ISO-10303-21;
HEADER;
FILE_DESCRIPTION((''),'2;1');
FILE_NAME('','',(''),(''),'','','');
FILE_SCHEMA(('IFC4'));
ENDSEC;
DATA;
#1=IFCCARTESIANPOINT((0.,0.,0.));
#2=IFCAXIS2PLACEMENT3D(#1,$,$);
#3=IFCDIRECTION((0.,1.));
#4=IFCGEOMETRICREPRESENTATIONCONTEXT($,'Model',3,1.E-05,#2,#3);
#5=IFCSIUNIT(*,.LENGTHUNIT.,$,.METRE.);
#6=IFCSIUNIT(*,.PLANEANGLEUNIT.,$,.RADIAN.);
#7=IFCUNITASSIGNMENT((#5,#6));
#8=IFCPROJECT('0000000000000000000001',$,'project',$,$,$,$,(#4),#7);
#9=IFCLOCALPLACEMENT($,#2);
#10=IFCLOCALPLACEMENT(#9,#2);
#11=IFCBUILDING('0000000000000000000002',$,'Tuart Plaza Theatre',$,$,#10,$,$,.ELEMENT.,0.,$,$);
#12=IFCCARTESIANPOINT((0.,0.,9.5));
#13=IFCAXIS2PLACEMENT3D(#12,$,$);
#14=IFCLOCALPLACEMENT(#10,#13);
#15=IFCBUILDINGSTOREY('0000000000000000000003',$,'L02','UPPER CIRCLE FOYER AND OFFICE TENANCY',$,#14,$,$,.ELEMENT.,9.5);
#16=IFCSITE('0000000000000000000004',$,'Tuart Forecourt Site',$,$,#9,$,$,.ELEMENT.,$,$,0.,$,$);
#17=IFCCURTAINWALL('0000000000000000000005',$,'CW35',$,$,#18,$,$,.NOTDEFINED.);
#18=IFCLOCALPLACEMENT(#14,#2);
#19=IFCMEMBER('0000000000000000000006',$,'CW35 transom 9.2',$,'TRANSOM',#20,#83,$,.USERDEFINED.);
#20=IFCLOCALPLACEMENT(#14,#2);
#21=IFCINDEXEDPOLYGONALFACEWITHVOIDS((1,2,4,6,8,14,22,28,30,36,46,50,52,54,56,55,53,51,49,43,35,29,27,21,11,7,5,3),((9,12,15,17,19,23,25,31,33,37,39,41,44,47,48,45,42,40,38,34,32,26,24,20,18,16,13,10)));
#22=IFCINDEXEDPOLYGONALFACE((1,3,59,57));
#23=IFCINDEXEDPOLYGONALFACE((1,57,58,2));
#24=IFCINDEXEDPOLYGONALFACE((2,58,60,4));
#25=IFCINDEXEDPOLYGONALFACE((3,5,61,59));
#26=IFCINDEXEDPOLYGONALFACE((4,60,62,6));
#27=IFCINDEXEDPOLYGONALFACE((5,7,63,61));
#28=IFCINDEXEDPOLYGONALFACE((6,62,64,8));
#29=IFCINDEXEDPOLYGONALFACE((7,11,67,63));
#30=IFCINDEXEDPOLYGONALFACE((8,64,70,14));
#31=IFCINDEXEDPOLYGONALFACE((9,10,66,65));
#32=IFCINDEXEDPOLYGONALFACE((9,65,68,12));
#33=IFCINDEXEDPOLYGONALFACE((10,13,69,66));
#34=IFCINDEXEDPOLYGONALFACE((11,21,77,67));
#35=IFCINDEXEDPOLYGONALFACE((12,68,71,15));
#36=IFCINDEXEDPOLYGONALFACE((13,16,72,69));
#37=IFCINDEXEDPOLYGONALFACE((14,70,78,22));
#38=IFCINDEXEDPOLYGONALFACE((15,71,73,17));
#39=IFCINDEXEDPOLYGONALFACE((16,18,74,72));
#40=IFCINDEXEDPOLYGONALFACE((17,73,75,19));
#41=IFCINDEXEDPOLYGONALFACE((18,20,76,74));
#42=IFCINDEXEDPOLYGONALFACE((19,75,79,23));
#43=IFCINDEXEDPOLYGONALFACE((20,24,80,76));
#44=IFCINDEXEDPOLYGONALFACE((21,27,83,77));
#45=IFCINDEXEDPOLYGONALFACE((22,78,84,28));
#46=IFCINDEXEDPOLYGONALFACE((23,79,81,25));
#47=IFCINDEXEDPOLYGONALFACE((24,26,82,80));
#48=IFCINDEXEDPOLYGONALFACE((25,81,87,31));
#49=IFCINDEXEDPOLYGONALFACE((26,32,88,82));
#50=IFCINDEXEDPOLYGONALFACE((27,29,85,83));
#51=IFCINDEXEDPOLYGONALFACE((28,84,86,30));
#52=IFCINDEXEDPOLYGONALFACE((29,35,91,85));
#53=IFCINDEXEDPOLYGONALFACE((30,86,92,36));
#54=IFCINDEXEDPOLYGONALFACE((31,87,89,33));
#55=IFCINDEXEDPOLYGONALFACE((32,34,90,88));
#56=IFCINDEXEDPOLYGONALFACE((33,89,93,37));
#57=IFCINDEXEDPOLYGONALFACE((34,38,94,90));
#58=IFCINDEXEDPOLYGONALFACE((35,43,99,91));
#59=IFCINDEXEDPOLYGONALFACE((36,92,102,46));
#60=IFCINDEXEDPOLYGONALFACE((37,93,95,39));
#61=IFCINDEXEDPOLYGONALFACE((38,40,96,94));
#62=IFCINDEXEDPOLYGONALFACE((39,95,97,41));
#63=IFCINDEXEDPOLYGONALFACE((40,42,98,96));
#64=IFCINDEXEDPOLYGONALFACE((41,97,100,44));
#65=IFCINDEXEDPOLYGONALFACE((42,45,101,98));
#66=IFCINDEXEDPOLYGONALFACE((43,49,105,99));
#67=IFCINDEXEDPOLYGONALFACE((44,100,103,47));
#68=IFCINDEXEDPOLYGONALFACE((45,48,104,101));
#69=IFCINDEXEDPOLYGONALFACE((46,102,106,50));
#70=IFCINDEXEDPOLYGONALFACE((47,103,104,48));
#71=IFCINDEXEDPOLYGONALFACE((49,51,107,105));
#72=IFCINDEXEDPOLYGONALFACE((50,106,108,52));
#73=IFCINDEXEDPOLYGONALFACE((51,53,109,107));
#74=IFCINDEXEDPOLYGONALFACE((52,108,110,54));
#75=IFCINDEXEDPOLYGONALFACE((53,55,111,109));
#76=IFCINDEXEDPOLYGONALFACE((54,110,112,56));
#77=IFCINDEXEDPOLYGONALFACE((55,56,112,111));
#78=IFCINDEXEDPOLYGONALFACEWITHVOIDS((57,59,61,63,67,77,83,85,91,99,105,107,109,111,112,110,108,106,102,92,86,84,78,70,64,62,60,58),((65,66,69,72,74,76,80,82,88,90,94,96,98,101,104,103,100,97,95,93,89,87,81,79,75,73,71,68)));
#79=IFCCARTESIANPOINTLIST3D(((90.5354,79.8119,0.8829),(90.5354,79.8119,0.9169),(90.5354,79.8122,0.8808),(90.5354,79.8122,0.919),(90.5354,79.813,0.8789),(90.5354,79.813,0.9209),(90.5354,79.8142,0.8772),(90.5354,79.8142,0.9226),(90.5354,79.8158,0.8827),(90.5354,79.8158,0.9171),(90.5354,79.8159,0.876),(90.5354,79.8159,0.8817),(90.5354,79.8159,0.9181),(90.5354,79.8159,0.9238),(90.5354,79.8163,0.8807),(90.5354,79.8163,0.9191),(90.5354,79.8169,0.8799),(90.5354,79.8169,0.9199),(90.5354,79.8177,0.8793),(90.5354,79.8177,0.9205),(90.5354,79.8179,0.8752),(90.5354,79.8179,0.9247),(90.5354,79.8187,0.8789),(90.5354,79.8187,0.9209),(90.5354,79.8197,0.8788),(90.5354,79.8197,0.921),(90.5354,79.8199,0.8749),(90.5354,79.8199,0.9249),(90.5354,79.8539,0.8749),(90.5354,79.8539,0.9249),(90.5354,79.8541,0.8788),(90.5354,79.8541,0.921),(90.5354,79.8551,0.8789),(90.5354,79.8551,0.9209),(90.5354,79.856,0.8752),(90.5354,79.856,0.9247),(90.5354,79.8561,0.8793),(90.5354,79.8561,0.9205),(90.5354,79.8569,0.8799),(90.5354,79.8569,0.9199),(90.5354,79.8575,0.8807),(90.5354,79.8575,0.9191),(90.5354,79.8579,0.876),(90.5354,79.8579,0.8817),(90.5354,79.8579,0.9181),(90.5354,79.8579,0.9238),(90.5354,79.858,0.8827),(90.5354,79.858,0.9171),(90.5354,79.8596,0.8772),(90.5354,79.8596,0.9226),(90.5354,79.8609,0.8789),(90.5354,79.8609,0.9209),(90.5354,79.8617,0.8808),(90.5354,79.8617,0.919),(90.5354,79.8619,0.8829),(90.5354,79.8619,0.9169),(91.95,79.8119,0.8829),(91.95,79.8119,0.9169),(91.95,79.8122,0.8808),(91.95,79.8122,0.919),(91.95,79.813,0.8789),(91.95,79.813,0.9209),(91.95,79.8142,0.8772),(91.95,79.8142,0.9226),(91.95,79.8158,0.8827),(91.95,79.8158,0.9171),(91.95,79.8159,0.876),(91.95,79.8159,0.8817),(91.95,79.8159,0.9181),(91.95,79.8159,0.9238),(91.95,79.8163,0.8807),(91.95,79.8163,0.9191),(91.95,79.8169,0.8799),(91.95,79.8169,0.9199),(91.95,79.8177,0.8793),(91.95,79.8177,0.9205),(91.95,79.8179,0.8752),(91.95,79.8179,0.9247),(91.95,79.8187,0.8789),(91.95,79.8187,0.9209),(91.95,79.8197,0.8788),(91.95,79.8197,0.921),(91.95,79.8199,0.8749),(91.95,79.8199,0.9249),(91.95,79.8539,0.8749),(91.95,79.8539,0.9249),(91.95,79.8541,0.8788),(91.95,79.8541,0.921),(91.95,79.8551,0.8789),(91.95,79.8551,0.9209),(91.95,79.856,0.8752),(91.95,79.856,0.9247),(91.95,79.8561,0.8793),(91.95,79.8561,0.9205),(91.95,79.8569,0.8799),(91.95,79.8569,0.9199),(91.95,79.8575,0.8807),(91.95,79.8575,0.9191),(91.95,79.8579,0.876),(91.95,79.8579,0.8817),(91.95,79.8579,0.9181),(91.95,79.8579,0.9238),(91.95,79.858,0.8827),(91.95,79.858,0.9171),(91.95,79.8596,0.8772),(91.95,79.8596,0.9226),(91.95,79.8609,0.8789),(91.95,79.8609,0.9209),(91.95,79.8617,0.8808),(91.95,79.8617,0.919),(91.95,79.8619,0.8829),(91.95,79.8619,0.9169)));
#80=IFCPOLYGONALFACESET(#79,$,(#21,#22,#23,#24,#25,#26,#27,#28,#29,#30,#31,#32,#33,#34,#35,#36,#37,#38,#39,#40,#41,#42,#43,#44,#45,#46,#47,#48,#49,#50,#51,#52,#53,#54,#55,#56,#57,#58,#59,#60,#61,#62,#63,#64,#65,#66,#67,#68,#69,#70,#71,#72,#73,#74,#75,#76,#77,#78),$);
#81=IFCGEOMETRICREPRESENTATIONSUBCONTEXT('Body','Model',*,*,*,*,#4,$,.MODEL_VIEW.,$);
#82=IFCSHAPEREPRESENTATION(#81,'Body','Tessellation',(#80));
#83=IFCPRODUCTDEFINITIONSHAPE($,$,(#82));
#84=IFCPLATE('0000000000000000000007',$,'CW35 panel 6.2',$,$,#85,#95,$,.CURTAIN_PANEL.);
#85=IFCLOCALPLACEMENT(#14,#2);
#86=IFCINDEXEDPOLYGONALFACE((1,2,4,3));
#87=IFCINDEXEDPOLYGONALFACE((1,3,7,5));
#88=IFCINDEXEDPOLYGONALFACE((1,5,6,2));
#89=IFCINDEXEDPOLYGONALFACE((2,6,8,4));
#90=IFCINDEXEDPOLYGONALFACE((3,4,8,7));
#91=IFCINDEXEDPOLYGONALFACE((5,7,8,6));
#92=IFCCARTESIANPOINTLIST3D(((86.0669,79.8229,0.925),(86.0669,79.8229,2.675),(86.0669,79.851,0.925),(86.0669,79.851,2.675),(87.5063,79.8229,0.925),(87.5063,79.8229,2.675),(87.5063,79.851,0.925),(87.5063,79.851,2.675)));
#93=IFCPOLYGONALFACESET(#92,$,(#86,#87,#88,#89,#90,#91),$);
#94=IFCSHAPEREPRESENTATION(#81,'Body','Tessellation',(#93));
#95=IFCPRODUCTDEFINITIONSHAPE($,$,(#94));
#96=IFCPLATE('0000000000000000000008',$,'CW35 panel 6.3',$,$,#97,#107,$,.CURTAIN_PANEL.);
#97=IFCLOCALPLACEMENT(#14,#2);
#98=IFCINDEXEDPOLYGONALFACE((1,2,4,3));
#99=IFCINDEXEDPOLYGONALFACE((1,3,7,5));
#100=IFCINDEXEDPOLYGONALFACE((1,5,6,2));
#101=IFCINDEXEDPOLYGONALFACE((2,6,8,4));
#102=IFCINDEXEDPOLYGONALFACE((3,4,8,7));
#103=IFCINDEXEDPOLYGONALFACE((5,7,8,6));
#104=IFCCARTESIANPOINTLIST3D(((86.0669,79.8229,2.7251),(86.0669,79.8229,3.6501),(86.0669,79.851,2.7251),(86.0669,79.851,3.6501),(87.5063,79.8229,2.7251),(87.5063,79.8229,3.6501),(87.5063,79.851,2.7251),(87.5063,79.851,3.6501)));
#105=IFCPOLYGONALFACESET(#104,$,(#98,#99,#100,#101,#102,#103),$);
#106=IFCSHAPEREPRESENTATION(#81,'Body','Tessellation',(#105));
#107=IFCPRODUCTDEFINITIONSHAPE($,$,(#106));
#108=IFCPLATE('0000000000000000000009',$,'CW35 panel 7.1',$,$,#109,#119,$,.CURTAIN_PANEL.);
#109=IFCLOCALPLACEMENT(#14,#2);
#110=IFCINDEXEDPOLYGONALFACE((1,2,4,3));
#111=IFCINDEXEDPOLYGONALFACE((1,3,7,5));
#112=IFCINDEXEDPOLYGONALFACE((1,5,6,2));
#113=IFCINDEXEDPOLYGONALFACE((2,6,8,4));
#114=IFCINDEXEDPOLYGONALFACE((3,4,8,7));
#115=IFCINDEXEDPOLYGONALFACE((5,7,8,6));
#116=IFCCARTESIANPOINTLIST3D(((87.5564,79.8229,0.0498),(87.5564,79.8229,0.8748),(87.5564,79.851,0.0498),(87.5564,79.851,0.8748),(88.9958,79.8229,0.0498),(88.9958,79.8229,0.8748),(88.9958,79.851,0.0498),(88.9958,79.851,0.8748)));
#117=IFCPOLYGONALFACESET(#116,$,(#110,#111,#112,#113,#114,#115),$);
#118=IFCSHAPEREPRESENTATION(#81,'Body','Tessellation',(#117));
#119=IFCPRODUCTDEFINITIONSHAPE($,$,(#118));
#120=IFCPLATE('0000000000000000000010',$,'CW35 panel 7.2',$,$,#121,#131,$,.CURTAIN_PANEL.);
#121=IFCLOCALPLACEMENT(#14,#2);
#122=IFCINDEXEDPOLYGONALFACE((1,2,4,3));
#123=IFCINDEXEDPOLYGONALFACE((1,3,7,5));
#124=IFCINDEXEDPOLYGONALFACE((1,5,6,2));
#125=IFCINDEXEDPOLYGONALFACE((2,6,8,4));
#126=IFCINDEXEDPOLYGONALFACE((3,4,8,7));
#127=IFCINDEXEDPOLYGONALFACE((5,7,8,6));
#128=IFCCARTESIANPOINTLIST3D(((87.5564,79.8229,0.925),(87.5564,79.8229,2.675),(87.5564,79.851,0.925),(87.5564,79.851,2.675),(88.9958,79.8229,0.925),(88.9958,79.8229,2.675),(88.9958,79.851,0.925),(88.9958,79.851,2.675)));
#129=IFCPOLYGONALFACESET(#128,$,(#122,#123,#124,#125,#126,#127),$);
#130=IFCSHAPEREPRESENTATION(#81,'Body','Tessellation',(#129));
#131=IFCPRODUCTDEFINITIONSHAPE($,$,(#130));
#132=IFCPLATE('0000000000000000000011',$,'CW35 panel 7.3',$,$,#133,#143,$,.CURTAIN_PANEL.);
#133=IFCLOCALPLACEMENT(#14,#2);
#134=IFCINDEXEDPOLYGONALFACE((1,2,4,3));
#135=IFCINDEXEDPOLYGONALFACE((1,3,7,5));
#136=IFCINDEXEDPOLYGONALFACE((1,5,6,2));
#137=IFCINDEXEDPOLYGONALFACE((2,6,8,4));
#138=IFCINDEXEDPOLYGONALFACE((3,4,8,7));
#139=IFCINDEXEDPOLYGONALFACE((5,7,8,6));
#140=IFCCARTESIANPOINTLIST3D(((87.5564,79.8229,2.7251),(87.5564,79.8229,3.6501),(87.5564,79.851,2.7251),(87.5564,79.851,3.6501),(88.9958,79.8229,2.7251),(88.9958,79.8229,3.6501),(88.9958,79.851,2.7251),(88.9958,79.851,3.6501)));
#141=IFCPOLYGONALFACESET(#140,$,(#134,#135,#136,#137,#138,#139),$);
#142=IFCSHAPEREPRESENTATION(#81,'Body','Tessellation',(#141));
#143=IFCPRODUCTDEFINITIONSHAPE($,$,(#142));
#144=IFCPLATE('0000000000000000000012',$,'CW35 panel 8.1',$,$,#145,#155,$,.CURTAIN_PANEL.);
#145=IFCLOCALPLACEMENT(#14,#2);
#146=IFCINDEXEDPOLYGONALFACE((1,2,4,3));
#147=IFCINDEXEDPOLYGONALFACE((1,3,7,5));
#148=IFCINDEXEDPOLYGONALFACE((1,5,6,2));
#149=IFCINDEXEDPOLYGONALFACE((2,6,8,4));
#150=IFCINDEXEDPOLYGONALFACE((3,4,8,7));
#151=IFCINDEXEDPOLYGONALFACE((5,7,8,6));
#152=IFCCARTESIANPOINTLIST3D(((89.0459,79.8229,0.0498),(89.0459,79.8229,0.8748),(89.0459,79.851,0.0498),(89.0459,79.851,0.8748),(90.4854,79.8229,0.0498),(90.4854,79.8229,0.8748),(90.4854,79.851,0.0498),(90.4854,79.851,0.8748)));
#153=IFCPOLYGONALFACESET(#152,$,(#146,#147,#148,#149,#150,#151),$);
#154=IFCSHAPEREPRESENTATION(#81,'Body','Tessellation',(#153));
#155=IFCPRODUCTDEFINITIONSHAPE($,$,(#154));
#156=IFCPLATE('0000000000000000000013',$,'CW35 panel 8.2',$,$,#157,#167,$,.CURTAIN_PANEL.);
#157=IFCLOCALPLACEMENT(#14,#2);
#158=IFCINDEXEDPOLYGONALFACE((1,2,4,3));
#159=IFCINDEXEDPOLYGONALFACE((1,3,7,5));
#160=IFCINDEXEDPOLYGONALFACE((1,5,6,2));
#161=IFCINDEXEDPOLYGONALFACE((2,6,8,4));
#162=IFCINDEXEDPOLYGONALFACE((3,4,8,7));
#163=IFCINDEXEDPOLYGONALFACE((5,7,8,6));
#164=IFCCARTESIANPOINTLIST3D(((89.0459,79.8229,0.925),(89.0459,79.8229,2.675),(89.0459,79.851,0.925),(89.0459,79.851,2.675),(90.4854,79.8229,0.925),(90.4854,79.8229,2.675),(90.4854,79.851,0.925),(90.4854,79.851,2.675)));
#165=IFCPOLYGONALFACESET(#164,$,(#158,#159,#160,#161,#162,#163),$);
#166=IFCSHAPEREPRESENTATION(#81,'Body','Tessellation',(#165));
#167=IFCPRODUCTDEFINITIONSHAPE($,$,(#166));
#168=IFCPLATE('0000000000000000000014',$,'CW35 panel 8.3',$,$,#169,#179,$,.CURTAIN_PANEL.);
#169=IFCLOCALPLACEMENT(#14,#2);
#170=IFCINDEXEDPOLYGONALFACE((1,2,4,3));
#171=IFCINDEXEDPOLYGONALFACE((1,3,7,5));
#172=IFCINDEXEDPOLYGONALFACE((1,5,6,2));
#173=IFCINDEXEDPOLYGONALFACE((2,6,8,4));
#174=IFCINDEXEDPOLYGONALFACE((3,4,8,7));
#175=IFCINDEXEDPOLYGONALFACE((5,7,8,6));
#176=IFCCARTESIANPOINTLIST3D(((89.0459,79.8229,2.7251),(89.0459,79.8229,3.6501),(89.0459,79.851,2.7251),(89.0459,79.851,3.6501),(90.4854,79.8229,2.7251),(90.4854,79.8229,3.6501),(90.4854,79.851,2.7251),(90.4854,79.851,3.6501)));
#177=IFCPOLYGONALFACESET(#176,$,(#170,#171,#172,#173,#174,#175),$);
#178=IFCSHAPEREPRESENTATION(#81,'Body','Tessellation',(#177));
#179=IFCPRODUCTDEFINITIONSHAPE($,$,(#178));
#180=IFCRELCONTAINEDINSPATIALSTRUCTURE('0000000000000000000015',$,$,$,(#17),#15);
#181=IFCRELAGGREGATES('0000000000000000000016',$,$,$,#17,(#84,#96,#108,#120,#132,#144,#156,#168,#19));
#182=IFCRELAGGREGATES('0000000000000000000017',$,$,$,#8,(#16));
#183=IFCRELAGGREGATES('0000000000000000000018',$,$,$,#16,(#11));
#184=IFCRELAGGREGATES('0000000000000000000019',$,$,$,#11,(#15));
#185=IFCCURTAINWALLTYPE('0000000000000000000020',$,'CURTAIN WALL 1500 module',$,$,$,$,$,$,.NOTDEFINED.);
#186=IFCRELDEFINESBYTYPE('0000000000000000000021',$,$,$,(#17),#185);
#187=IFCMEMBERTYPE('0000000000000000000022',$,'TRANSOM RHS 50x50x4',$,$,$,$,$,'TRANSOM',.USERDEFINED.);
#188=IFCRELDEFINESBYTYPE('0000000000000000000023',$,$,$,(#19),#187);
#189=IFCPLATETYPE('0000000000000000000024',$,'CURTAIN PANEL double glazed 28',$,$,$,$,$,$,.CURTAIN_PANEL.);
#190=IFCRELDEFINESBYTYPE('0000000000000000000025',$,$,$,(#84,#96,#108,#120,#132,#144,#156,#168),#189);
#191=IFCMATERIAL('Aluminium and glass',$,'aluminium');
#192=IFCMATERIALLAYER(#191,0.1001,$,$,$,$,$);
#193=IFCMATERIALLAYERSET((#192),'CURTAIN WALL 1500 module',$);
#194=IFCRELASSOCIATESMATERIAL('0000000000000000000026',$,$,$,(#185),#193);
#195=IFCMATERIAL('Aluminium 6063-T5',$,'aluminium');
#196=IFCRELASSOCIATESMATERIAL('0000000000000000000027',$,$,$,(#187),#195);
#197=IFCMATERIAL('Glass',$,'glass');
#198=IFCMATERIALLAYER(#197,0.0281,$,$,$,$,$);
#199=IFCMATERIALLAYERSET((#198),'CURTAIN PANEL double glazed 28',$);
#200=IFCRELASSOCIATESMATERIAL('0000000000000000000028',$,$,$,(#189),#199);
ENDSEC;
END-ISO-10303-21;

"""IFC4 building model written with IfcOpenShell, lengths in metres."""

from ifc_helpers import new_model, si_unit, direction, frame, origin, origin_2d, place, context, subcontext, project, spatial, rectangle, hollow_rectangle, extrude, material, layer, layer_set, material_profile, profile_set, type_object, element, aggregate, save


model = new_model("IFC4")

# Units and contexts
model_context = context("Model", 3, precision=1e-05, world=origin(), true_north=direction((0.0, 1.0)))
body_context = subcontext(model_context, "Body", "Model", "MODEL_VIEW")
ifc_project = project(units=[si_unit("LENGTHUNIT", "METRE"), si_unit("PLANEANGLEUNIT", "RADIAN")], contexts=[model_context])

# Site, building, storey
site_placement = place(None, origin())
site = spatial("IfcSite", under=ifc_project, at=site_placement, Name="Tuart Forecourt Site", CompositionType="ELEMENT", RefElevation=0.0)
building_placement = place(site_placement, origin())
building = spatial("IfcBuilding", under=site, at=building_placement, Name="Tuart Plaza Theatre", CompositionType="ELEMENT", ElevationOfRefHeight=0.0)
storey_placement = place(building_placement, frame((0.0, 0.0, 9.5)))
storey = spatial("IfcBuildingStorey", under=building, at=storey_placement, Name="L02", Description="UPPER CIRCLE FOYER AND OFFICE TENANCY", CompositionType="ELEMENT", Elevation=9.5)

# Curtain wall, member, plates
ifc_material_1 = material(Name="Aluminium and glass", Category="aluminium")
ifc_layer_1 = layer(ifc_material_1, 0.1001)
ifc_layer_set_1 = layer_set([ifc_layer_1], Name="CURTAIN WALL 1500 module")
curtain_wall_type = type_object("IfcCurtainWallType", Name="CURTAIN WALL 1500 module", PredefinedType="NOTDEFINED", material=ifc_layer_set_1)
curtain_wall_placement = place(storey_placement, origin())
curtain_wall = element("IfcCurtainWall", 1, at=curtain_wall_placement, inside=storey, type_object=curtain_wall_type, Name="CW35", PredefinedType="NOTDEFINED")
ifc_material_2 = material(Name="Aluminium 6063-T5", Category="aluminium")
ifc_material_profile_1 = material_profile(ifc_material_2, hollow_rectangle(XDim=0.05, YDim=0.05, WallThickness=0.0039, InnerFilletRadius=0.0039, OuterFilletRadius=0.0081, at=origin_2d()), Name="RHS 50x50x4")
ifc_profile_set_1 = profile_set([ifc_material_profile_1], Name="Aluminium 6063-T5")
member_type_1 = type_object("IfcMemberType", Name="TRANSOM RHS 50x50x4", ElementType="TRANSOM", PredefinedType="USERDEFINED", material=ifc_profile_set_1)
member_1_placement = place(storey_placement, frame((90.5354, 79.8369, 0.8999), z_axis=(1.0, 0.0, 0.0), x_axis=(0.0, 1.0, 0.0)))
member_1 = element("IfcMember", 2, at=member_1_placement, type_object=member_type_1, Name="CW35 transom 9.2", ObjectType="TRANSOM", PredefinedType="USERDEFINED", context=body_context, shape_type="SweptSolid", body=[
    extrude(hollow_rectangle(XDim=0.05, YDim=0.05, WallThickness=0.0039, InnerFilletRadius=0.0039, OuterFilletRadius=0.0081, at=origin_2d()), origin(), (0.0, 0.0, 1.0), 1.4146),
])
ifc_material_3 = material(Name="Glass", Category="glass")
ifc_layer_2 = layer(ifc_material_3, 0.0281)
ifc_layer_set_2 = layer_set([ifc_layer_2], Name="CURTAIN PANEL double glazed 28")
plate_type = type_object("IfcPlateType", Name="CURTAIN PANEL double glazed 28", PredefinedType="CURTAIN_PANEL", material=ifc_layer_set_2)
plate_1_placement = place(storey_placement, frame((86.7866, 79.8369, 0.925), z_axis=(0.0, 0.0, 1.0), x_axis=(1.0, 0.0, 0.0)))
plate_1 = element("IfcPlate", 3, at=plate_1_placement, type_object=plate_type, Name="CW35 panel 6.2", PredefinedType="CURTAIN_PANEL", context=body_context, shape_type="SweptSolid", body=[
    extrude(rectangle(XDim=1.4395, YDim=0.0281, at=origin_2d()), origin(), (0.0, 0.0, 1.0), 1.75),
])
plate_2_placement = place(storey_placement, frame((86.7866, 79.8369, 2.7251), z_axis=(0.0, 0.0, 1.0), x_axis=(1.0, 0.0, 0.0)))
plate_2 = element("IfcPlate", 4, at=plate_2_placement, type_object=plate_type, Name="CW35 panel 6.3", PredefinedType="CURTAIN_PANEL", context=body_context, shape_type="SweptSolid", body=[
    extrude(rectangle(XDim=1.4395, YDim=0.0281, at=origin_2d()), origin(), (0.0, 0.0, 1.0), 0.925),
])
plate_3_placement = place(storey_placement, frame((88.2761, 79.8369, 0.0498), z_axis=(0.0, 0.0, 1.0), x_axis=(1.0, 0.0, 0.0)))
plate_3 = element("IfcPlate", 5, at=plate_3_placement, type_object=plate_type, Name="CW35 panel 7.1", PredefinedType="CURTAIN_PANEL", context=body_context, shape_type="SweptSolid", body=[
    extrude(rectangle(XDim=1.4395, YDim=0.0281, at=origin_2d()), origin(), (0.0, 0.0, 1.0), 0.825),
])
plate_4_placement = place(storey_placement, frame((88.2761, 79.8369, 0.925), z_axis=(0.0, 0.0, 1.0), x_axis=(1.0, 0.0, 0.0)))
plate_4 = element("IfcPlate", 6, at=plate_4_placement, type_object=plate_type, Name="CW35 panel 7.2", PredefinedType="CURTAIN_PANEL", context=body_context, shape_type="SweptSolid", body=[
    extrude(rectangle(XDim=1.4395, YDim=0.0281, at=origin_2d()), origin(), (0.0, 0.0, 1.0), 1.75),
])
plate_5_placement = place(storey_placement, frame((88.2761, 79.8369, 2.7251), z_axis=(0.0, 0.0, 1.0), x_axis=(1.0, 0.0, 0.0)))
plate_5 = element("IfcPlate", 7, at=plate_5_placement, type_object=plate_type, Name="CW35 panel 7.3", PredefinedType="CURTAIN_PANEL", context=body_context, shape_type="SweptSolid", body=[
    extrude(rectangle(XDim=1.4395, YDim=0.0281, at=origin_2d()), origin(), (0.0, 0.0, 1.0), 0.925),
])
plate_6_placement = place(storey_placement, frame((89.7656, 79.8369, 0.0498), z_axis=(0.0, 0.0, 1.0), x_axis=(1.0, 0.0, 0.0)))
plate_6 = element("IfcPlate", 8, at=plate_6_placement, type_object=plate_type, Name="CW35 panel 8.1", PredefinedType="CURTAIN_PANEL", context=body_context, shape_type="SweptSolid", body=[
    extrude(rectangle(XDim=1.4395, YDim=0.0281, at=origin_2d()), origin(), (0.0, 0.0, 1.0), 0.825),
])
plate_7_placement = place(storey_placement, frame((89.7656, 79.8369, 0.925), z_axis=(0.0, 0.0, 1.0), x_axis=(1.0, 0.0, 0.0)))
plate_7 = element("IfcPlate", 9, at=plate_7_placement, type_object=plate_type, Name="CW35 panel 8.2", PredefinedType="CURTAIN_PANEL", context=body_context, shape_type="SweptSolid", body=[
    extrude(rectangle(XDim=1.4395, YDim=0.0281, at=origin_2d()), origin(), (0.0, 0.0, 1.0), 1.75),
])
plate_8_placement = place(storey_placement, frame((89.7656, 79.8369, 2.7251), z_axis=(0.0, 0.0, 1.0), x_axis=(1.0, 0.0, 0.0)))
plate_8 = element("IfcPlate", 10, at=plate_8_placement, type_object=plate_type, Name="CW35 panel 8.3", PredefinedType="CURTAIN_PANEL", context=body_context, shape_type="SweptSolid", body=[
    extrude(rectangle(XDim=1.4395, YDim=0.0281, at=origin_2d()), origin(), (0.0, 0.0, 1.0), 0.925),
])
aggregate(curtain_wall, [plate_1, plate_2, plate_3, plate_4, plate_5, plate_6, plate_7, plate_8, member_1])

save(model, "model.ifc")
